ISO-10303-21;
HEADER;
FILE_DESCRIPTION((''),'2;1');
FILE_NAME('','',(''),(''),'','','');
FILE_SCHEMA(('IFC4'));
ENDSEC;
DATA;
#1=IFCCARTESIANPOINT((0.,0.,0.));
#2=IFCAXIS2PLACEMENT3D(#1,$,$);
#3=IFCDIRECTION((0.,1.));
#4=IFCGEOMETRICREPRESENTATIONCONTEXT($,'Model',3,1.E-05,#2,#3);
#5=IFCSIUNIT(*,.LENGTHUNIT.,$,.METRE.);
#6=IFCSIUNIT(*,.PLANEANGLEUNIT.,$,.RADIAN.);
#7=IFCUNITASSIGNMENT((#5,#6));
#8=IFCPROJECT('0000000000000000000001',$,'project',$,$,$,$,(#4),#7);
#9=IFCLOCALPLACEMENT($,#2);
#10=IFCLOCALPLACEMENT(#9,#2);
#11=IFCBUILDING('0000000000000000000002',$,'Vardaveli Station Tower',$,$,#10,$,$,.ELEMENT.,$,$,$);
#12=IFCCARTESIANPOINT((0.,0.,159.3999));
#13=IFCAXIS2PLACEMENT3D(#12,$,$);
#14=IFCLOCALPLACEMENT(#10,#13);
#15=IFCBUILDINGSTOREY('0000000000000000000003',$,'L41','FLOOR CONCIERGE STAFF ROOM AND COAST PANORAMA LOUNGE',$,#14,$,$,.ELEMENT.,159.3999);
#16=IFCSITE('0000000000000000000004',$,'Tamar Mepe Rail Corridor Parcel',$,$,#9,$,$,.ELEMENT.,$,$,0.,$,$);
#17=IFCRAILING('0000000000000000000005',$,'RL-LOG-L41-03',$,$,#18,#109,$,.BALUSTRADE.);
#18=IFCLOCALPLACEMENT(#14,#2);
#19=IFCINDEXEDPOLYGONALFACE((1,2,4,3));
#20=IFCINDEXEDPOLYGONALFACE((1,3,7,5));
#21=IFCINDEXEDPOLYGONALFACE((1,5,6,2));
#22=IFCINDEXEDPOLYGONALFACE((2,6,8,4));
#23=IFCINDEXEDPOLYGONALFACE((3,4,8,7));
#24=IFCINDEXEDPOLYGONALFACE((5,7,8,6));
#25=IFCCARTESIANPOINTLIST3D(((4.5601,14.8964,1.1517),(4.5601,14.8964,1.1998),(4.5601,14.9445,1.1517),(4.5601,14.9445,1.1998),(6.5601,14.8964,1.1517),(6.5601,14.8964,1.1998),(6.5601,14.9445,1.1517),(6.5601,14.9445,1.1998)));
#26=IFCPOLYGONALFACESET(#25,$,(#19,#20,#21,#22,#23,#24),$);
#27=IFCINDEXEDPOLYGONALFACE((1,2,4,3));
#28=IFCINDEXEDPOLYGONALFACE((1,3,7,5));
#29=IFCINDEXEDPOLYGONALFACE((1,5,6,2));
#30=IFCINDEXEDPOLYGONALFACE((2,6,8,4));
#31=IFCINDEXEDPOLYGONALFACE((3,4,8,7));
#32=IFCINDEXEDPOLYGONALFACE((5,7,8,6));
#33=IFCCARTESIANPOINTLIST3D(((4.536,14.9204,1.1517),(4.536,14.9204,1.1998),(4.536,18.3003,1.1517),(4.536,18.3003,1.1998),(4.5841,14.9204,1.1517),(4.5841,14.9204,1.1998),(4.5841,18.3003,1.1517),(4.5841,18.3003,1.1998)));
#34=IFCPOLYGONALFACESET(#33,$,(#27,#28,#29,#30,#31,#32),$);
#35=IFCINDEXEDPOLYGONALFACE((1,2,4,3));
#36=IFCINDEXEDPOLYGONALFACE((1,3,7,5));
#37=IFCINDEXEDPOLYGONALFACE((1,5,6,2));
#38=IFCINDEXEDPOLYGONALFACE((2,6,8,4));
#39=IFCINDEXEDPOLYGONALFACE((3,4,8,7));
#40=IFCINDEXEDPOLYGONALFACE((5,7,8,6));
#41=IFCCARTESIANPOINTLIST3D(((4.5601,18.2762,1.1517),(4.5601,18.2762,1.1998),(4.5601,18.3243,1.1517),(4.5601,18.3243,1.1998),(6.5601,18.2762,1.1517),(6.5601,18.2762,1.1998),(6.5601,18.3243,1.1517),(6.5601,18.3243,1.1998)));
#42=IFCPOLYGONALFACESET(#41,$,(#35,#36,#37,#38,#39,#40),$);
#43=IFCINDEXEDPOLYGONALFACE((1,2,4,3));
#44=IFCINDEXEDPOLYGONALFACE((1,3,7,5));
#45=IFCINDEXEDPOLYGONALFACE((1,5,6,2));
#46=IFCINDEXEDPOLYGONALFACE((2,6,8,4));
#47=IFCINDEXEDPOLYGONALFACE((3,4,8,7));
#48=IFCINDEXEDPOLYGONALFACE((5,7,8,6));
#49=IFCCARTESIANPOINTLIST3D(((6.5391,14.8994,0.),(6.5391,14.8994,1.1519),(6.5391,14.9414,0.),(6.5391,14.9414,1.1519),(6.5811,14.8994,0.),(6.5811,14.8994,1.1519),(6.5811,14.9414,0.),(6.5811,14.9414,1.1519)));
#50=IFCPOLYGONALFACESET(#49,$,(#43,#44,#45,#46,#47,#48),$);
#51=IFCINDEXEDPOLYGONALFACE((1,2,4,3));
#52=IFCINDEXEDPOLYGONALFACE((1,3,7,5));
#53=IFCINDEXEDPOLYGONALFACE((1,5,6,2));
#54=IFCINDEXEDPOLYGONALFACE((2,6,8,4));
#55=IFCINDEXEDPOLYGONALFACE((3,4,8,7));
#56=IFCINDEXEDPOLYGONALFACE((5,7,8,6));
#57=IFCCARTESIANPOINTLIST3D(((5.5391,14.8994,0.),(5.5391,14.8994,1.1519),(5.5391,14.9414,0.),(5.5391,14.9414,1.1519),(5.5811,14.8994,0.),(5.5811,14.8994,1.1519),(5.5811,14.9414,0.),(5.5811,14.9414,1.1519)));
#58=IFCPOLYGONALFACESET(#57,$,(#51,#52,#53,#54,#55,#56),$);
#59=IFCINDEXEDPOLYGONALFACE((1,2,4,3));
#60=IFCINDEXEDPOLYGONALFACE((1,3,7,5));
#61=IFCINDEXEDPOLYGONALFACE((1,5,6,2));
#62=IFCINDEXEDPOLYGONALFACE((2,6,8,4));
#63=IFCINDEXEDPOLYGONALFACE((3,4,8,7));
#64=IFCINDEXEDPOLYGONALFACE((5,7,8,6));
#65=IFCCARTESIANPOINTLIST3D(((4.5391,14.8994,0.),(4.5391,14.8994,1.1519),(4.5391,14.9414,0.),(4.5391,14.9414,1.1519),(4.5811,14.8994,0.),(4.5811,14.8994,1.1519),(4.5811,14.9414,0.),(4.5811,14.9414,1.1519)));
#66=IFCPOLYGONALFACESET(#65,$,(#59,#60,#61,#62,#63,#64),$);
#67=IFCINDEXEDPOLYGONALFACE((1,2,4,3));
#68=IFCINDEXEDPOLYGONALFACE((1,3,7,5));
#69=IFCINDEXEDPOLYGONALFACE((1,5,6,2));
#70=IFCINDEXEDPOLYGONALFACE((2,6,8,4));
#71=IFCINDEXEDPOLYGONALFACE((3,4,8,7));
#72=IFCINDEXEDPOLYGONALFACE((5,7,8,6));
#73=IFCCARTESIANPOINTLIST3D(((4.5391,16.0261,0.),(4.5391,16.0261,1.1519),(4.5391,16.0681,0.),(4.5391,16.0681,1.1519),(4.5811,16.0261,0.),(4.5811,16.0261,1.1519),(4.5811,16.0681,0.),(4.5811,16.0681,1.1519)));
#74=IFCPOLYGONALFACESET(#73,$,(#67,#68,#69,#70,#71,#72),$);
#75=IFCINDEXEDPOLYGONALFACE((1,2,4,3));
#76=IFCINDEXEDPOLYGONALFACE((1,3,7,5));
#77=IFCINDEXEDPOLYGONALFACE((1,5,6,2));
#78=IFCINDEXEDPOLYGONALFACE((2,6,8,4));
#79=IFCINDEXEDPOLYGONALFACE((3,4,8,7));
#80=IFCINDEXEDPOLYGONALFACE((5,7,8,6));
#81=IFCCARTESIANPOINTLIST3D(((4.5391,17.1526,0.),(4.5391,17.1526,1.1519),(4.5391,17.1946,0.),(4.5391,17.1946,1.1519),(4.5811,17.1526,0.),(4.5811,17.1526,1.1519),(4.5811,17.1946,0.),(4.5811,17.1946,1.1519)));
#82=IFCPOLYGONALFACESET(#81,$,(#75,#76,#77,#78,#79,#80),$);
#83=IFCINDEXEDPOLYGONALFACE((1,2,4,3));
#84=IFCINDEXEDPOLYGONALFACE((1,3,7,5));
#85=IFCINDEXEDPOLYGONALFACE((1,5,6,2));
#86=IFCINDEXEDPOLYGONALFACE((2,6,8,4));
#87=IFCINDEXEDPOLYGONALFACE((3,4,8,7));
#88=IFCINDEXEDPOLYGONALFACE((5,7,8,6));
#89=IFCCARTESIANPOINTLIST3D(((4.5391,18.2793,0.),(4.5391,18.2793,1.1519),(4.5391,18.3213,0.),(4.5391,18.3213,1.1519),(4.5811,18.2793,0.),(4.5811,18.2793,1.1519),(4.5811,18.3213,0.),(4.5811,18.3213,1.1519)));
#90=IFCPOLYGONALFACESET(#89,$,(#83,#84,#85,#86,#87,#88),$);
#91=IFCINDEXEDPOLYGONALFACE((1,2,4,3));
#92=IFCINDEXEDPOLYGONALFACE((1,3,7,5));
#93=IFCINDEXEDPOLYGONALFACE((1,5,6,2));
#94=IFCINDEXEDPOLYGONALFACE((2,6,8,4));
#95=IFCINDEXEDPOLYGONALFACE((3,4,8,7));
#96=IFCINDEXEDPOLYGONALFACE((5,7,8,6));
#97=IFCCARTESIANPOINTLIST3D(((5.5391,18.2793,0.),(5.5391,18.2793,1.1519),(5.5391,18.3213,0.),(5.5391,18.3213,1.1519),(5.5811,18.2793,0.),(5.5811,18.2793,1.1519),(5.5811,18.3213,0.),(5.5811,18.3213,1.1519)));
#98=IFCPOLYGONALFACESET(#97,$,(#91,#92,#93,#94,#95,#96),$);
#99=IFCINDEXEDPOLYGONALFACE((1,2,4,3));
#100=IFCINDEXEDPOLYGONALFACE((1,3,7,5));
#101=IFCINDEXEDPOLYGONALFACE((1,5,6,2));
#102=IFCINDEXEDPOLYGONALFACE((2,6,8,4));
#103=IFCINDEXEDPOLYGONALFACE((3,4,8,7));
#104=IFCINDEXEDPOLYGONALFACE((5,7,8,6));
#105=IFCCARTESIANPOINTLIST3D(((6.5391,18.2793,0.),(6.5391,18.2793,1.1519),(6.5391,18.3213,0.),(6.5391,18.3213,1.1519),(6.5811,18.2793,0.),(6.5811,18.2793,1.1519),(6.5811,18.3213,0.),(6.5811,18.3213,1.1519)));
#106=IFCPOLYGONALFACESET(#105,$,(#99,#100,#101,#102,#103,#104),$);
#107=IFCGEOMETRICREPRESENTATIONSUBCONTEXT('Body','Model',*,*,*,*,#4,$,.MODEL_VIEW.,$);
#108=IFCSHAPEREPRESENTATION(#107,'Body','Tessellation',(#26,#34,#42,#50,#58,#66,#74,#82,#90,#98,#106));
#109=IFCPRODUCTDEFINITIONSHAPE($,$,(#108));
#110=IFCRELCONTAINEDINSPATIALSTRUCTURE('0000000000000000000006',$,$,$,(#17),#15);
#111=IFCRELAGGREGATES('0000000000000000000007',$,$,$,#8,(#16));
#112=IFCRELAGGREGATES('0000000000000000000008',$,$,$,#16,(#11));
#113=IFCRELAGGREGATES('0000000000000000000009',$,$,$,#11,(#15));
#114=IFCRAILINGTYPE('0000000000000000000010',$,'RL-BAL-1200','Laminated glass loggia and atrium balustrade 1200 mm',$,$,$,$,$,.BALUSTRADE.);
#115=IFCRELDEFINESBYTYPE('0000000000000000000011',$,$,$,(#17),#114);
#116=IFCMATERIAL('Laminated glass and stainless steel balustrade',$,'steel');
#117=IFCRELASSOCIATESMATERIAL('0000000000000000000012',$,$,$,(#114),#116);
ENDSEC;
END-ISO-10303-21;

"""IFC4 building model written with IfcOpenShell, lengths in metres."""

from ifc_helpers import new_model, si_unit, direction, frame, origin, origin_2d, place, context, subcontext, project, spatial, rectangle, extrude, source, transform, mapped, material, type_object, element, save


model = new_model("IFC4")

# Units and contexts
model_context = context("Model", 3, precision=1e-05, world=origin(), true_north=direction((0.0, 1.0)))
body_context = subcontext(model_context, "Body", "Model", "MODEL_VIEW")
ifc_project = project(units=[si_unit("LENGTHUNIT", "METRE"), si_unit("PLANEANGLEUNIT", "RADIAN")], contexts=[model_context])

# Site, building, storey
site_placement = place(None, origin())
site = spatial("IfcSite", under=ifc_project, at=site_placement, Name="Tamar Mepe Rail Corridor Parcel", CompositionType="ELEMENT", RefElevation=0.0)
building_placement = place(site_placement, origin())
building = spatial("IfcBuilding", under=site, at=building_placement, Name="Vardaveli Station Tower", CompositionType="ELEMENT")
storey_placement = place(building_placement, frame((0.0, 0.0, 159.3999)))
storey = spatial("IfcBuildingStorey", under=building, at=storey_placement, Name="L41", Description="FLOOR CONCIERGE STAFF ROOM AND COAST PANORAMA LOUNGE", CompositionType="ELEMENT", Elevation=159.3999)

# Railing
ifc_material_1 = material(Name="Laminated glass and stainless steel balustrade", Category="steel")
railing_type = type_object("IfcRailingType", Name="RL-BAL-1200", Description="Laminated glass loggia and atrium balustrade 1200 mm", PredefinedType="BALUSTRADE", material=ifc_material_1)
shared_shape_1 = source(origin(), body_context, "Body", "SweptSolid", [
    extrude(rectangle(XDim=0.0481, YDim=0.0481, at=origin_2d()), frame((0.0, 0.0, 1.1758), z_axis=(-1.0, 0.0, 0.0), x_axis=(0.0, -1.0, 0.0)), (0.0, 0.0, 1.0), 2.0),
    extrude(rectangle(XDim=0.0481, YDim=0.0481, at=origin_2d()), frame((-2.0, 0.0, 1.1758), z_axis=(0.0, 1.0, 0.0), x_axis=(-1.0, 0.0, 0.0)), (0.0, 0.0, 1.0), 3.3799),
    extrude(rectangle(XDim=0.0481, YDim=0.0481, at=origin_2d()), frame((-2.0, 3.3799, 1.1758), z_axis=(1.0, 0.0, 0.0), x_axis=(0.0, 1.0, 0.0)), (0.0, 0.0, 1.0), 2.0),
    extrude(rectangle(XDim=0.042, YDim=0.042, at=origin_2d()), origin(), (0.0, 0.0, 1.0), 1.1519),
    extrude(rectangle(XDim=0.042, YDim=0.042, at=origin_2d()), frame((-1.0, 0.0, 0.0)), (0.0, 0.0, 1.0), 1.1519),
    extrude(rectangle(XDim=0.042, YDim=0.042, at=origin_2d()), frame((-2.0, 0.0, 0.0)), (0.0, 0.0, 1.0), 1.1519),
    extrude(rectangle(XDim=0.042, YDim=0.042, at=origin_2d()), frame((-2.0, 1.1267, 0.0)), (0.0, 0.0, 1.0), 1.1519),
    extrude(rectangle(XDim=0.042, YDim=0.042, at=origin_2d()), frame((-2.0, 2.2532, 0.0)), (0.0, 0.0, 1.0), 1.1519),
    extrude(rectangle(XDim=0.042, YDim=0.042, at=origin_2d()), frame((-2.0, 3.3799, 0.0)), (0.0, 0.0, 1.0), 1.1519),
    extrude(rectangle(XDim=0.042, YDim=0.042, at=origin_2d()), frame((-1.0, 3.3799, 0.0)), (0.0, 0.0, 1.0), 1.1519),
    extrude(rectangle(XDim=0.042, YDim=0.042, at=origin_2d()), frame((0.0, 3.3799, 0.0)), (0.0, 0.0, 1.0), 1.1519),
])
railing_placement = place(storey_placement, frame((6.5601, 14.9204, 0.0)))
element("IfcRailing", 1, at=railing_placement, inside=storey, type_object=railing_type, Name="RL-LOG-L41-03", PredefinedType="BALUSTRADE", context=body_context, shape_type="MappedRepresentation", body=[
    mapped(shared_shape_1, transform((0.0, 0.0, 0.0), scale=1.0)),
])

save(model, "model.ifc")
